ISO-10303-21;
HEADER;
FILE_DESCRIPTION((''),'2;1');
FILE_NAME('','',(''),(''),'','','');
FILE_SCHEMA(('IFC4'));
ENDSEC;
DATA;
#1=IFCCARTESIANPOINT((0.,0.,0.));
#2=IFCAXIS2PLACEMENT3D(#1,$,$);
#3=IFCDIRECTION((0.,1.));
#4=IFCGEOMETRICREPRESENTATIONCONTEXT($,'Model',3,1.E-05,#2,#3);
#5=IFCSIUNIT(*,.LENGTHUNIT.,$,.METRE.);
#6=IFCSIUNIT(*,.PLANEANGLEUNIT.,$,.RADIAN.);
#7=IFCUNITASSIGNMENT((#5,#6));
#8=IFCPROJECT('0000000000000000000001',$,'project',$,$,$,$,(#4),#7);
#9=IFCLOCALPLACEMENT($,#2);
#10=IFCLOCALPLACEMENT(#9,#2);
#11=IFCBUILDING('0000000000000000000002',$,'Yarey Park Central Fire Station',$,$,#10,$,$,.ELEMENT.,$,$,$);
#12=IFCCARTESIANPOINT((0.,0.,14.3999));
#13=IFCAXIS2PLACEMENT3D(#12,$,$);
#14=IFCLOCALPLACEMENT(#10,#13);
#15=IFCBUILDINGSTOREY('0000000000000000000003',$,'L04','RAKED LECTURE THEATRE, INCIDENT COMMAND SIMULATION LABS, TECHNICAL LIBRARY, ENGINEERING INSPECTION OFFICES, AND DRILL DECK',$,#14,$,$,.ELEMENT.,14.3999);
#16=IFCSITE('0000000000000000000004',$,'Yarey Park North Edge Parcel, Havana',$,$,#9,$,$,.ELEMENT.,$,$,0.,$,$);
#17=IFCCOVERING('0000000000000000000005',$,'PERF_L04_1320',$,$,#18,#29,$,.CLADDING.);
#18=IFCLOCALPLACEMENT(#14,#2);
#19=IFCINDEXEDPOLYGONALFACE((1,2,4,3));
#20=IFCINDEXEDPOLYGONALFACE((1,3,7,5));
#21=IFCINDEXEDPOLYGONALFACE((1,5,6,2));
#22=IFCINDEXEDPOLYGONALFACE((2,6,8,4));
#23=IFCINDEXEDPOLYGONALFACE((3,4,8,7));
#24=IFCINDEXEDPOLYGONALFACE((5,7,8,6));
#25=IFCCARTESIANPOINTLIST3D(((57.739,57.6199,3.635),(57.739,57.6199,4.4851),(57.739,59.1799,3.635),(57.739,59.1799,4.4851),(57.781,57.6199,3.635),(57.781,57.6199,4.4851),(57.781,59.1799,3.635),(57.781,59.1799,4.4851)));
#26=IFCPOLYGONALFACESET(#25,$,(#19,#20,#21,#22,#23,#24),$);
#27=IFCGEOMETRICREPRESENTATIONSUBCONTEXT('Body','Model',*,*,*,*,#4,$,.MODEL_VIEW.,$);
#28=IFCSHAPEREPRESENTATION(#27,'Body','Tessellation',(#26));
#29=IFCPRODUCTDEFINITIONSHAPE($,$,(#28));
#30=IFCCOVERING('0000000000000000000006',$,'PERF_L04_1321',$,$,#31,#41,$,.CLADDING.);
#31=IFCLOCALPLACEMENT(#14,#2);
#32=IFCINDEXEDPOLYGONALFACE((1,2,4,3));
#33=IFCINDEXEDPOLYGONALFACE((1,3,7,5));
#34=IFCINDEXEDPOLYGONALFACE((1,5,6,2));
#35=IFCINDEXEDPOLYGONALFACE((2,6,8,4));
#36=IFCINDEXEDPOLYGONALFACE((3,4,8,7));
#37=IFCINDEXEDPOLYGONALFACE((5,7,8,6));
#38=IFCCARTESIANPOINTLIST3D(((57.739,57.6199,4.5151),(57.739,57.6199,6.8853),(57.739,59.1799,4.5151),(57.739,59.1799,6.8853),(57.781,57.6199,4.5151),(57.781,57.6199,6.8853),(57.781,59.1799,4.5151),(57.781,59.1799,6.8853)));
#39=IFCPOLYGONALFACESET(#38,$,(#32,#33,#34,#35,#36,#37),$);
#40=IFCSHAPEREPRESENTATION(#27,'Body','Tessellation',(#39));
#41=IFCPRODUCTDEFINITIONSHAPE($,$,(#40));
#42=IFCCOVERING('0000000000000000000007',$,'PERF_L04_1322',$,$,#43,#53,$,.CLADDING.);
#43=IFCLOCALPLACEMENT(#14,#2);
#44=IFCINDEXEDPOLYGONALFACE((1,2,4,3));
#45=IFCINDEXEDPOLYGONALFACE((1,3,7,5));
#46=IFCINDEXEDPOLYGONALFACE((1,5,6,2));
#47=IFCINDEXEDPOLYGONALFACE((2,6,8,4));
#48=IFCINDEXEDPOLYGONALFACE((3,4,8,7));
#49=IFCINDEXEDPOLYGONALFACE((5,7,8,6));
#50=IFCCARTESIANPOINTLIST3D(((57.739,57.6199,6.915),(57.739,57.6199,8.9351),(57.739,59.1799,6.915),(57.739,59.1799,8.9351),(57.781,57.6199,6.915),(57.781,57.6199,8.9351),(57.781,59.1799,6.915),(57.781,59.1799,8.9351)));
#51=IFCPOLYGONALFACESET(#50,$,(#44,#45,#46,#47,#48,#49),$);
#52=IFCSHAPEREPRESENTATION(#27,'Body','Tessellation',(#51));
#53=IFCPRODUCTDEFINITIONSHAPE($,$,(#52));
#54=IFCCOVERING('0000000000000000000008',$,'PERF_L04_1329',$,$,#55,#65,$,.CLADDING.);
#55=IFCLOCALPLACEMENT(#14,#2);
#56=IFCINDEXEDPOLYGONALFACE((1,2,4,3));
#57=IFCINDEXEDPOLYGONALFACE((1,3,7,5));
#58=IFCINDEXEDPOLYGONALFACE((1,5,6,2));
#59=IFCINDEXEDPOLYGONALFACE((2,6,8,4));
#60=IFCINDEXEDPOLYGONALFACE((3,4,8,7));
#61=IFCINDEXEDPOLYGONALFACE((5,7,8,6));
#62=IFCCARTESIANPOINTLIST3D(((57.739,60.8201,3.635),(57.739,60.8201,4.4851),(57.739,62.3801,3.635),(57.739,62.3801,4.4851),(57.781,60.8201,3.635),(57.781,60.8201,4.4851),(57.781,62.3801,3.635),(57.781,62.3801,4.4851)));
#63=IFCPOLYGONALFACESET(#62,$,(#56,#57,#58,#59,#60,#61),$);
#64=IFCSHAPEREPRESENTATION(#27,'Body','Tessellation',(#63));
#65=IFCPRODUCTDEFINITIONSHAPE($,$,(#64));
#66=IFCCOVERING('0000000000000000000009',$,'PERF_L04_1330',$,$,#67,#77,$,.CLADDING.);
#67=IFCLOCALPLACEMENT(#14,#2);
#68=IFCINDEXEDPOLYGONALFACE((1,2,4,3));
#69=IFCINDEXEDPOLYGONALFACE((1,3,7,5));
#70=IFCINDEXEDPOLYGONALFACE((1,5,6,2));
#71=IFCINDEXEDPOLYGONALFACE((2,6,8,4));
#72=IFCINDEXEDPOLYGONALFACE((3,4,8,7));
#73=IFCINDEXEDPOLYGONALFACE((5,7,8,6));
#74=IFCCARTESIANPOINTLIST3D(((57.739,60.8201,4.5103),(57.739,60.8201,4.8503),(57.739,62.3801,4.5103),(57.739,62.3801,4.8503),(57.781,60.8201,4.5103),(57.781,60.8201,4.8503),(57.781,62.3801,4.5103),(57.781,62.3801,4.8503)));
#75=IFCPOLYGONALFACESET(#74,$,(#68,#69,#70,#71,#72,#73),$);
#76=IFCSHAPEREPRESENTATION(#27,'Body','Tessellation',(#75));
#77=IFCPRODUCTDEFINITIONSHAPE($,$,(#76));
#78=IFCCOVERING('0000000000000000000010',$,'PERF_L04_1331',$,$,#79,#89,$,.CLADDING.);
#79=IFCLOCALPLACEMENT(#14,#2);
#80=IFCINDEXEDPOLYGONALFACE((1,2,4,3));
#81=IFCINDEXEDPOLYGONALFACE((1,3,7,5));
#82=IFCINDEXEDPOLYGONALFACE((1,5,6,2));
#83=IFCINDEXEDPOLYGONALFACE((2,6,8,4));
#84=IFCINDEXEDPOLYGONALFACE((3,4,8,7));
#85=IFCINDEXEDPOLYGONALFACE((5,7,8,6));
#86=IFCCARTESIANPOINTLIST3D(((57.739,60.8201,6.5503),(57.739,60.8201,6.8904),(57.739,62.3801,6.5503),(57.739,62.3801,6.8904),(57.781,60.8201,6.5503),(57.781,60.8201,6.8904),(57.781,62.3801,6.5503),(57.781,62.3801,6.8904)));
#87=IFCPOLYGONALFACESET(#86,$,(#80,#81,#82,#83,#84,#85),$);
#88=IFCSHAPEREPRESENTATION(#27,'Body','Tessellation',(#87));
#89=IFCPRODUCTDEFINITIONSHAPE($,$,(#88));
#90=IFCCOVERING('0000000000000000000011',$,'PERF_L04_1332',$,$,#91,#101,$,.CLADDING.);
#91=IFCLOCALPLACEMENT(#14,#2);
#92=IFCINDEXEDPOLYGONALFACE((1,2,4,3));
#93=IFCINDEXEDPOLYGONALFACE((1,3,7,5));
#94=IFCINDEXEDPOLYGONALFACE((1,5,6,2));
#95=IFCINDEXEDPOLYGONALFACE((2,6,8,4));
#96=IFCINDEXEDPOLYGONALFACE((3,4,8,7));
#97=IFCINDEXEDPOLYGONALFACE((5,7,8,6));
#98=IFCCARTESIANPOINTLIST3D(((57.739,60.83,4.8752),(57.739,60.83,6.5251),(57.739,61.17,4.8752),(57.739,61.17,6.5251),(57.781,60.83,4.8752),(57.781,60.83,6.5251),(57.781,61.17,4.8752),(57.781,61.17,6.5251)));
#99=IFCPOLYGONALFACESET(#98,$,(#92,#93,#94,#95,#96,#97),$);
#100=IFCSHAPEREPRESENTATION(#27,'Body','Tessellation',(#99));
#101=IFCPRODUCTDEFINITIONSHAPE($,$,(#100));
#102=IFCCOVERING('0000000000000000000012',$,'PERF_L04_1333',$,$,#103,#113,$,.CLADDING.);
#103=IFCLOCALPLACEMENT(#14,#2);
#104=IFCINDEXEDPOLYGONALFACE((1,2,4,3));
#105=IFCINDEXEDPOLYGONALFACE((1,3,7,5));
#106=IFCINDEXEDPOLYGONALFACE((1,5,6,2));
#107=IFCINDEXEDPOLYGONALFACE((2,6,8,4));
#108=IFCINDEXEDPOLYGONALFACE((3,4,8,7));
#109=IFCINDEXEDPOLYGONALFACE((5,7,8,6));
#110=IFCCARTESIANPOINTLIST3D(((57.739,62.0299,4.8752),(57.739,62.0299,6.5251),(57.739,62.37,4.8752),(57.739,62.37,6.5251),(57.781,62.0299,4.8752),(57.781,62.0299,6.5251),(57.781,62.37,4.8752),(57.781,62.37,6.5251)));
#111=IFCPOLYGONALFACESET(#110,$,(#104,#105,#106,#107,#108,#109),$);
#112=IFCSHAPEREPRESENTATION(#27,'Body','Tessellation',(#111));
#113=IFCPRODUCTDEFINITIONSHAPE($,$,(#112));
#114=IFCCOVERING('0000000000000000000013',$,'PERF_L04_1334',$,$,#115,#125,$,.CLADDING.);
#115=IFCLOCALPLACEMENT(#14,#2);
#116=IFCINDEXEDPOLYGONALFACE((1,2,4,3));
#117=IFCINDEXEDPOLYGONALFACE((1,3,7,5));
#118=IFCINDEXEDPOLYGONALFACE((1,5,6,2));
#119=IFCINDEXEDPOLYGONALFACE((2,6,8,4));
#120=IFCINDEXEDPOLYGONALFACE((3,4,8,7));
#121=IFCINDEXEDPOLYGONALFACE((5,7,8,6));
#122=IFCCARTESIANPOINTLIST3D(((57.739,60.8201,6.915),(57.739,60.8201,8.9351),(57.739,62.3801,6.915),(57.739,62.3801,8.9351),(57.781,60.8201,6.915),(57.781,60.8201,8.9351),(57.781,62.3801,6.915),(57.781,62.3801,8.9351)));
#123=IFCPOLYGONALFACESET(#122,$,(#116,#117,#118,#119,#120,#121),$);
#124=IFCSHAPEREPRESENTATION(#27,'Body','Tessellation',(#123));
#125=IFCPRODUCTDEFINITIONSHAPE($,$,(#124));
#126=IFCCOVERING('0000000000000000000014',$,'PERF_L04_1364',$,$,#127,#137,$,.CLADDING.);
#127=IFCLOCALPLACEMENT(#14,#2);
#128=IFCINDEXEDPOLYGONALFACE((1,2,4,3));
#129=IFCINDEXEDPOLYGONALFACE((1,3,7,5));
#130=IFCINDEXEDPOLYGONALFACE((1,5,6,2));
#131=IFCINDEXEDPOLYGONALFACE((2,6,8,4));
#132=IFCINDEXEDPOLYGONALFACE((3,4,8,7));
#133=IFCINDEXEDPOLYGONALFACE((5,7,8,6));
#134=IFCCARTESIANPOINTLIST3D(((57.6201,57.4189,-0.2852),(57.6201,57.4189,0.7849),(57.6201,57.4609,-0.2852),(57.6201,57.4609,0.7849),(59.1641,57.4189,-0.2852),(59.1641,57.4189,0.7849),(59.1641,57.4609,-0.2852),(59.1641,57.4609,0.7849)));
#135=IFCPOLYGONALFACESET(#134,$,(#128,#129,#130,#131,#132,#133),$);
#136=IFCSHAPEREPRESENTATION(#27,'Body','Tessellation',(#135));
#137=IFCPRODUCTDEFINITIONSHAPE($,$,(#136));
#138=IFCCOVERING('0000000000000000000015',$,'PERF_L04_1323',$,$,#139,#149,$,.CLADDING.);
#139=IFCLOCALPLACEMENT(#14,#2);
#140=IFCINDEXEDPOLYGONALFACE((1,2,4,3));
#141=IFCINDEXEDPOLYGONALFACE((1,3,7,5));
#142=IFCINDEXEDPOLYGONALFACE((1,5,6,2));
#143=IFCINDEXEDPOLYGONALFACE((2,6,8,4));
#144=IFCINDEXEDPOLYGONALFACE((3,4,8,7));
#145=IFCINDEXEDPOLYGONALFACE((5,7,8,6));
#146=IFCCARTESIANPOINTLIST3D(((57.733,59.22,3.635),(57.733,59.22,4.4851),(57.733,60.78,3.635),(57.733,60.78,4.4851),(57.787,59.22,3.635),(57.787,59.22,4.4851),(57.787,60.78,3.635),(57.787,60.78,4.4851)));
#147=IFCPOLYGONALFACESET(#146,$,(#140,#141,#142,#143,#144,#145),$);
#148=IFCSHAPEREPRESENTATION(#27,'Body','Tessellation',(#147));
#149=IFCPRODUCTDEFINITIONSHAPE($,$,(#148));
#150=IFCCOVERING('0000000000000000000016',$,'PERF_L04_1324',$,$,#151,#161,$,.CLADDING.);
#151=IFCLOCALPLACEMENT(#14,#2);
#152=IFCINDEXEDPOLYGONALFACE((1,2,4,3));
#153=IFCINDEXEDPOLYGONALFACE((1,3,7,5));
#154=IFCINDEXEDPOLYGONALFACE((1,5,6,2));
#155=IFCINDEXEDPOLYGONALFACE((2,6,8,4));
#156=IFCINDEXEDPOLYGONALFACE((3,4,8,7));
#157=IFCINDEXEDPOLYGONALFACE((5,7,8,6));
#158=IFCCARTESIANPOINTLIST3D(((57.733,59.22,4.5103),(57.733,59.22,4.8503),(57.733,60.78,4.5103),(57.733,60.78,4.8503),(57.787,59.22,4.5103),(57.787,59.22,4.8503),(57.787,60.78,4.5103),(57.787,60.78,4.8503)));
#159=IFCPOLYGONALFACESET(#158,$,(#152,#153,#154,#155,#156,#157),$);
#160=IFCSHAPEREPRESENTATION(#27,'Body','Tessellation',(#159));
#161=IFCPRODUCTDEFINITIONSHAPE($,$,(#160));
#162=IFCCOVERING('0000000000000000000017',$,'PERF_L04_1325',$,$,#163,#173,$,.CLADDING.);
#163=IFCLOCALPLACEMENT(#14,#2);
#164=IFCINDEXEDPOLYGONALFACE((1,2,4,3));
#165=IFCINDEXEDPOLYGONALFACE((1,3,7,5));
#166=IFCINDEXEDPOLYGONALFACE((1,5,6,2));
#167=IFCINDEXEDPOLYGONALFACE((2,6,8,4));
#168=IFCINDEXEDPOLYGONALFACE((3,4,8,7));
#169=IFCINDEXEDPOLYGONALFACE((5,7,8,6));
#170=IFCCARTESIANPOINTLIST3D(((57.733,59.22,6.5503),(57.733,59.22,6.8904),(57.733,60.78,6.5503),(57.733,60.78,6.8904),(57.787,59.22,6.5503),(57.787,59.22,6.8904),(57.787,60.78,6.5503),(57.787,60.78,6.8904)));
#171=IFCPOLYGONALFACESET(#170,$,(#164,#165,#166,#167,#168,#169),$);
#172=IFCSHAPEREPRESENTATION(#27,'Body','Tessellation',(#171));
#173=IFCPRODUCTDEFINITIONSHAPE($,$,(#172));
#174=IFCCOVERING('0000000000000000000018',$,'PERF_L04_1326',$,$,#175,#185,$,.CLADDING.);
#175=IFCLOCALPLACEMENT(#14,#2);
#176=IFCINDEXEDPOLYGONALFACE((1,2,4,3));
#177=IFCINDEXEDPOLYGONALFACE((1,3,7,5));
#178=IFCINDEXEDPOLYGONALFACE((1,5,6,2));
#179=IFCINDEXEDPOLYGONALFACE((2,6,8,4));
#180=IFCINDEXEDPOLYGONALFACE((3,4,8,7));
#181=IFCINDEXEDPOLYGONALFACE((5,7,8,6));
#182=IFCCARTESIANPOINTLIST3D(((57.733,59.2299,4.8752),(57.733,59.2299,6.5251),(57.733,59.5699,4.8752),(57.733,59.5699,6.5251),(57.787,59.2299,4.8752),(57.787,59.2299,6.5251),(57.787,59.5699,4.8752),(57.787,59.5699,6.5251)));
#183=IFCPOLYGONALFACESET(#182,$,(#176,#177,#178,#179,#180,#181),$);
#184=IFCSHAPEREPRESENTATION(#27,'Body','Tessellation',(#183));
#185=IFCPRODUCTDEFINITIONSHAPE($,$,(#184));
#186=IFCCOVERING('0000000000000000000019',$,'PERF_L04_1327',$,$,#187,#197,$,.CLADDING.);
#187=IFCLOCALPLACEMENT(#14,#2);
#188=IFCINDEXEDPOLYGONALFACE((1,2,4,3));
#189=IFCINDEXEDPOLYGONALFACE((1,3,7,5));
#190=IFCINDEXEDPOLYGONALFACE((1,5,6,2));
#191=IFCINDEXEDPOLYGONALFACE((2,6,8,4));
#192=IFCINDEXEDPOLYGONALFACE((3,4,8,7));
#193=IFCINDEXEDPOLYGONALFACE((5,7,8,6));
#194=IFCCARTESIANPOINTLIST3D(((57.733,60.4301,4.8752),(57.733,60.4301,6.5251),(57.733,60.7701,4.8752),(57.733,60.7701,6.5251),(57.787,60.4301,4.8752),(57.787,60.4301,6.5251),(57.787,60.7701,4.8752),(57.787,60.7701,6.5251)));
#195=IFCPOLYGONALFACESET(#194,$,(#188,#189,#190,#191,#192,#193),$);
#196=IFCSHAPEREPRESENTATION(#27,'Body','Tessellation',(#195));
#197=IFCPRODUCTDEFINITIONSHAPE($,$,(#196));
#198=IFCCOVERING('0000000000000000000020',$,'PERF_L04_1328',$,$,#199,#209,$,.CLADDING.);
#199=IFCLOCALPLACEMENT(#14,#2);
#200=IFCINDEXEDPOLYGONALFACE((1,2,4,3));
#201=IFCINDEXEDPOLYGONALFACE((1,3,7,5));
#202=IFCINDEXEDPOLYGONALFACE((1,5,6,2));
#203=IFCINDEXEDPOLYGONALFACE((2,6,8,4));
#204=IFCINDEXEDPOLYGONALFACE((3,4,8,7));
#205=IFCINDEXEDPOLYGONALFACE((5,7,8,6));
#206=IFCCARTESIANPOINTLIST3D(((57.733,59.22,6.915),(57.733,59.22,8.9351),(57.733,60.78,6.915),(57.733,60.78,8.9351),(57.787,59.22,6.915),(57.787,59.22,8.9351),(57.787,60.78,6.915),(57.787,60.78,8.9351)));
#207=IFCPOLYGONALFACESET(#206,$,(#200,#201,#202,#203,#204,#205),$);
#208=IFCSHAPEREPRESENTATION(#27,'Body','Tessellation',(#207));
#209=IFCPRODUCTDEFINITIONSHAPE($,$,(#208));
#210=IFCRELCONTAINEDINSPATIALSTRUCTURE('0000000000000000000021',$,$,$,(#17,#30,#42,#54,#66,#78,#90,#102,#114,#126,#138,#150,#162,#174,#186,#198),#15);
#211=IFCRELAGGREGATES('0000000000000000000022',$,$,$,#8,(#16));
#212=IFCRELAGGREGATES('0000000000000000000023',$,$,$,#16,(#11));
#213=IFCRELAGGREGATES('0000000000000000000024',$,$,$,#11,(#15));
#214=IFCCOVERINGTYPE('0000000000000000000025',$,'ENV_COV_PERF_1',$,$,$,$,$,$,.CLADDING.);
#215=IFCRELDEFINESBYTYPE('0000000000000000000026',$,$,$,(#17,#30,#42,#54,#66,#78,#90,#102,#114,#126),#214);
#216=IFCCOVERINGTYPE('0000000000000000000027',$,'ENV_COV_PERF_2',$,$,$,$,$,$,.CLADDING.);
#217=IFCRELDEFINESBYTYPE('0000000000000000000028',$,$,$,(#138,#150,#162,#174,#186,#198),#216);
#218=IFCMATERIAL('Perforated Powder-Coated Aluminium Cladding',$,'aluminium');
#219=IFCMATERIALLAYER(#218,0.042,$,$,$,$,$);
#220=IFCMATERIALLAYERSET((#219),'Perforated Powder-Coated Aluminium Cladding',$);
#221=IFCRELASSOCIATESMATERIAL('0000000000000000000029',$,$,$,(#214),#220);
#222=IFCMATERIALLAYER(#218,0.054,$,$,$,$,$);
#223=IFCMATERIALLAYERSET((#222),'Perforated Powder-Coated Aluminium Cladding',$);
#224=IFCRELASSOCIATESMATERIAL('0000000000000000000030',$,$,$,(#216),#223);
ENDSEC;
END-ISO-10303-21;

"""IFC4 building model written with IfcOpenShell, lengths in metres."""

from ifc_helpers import new_model, si_unit, direction, frame, origin, origin_2d, place, context, subcontext, project, spatial, rectangle, extrude, material, layer, layer_set, type_object, element, save


model = new_model("IFC4")

# Units and contexts
model_context = context("Model", 3, precision=1e-05, world=origin(), true_north=direction((0.0, 1.0)))
body_context = subcontext(model_context, "Body", "Model", "MODEL_VIEW")
ifc_project = project(units=[si_unit("LENGTHUNIT", "METRE"), si_unit("PLANEANGLEUNIT", "RADIAN")], contexts=[model_context])

# Site, building, storey
site_placement = place(None, origin())
site = spatial("IfcSite", under=ifc_project, at=site_placement, Name="Yarey Park North Edge Parcel, Havana", CompositionType="ELEMENT", RefElevation=0.0)
building_placement = place(site_placement, origin())
building = spatial("IfcBuilding", under=site, at=building_placement, Name="Yarey Park Central Fire Station", CompositionType="ELEMENT")
storey_placement = place(building_placement, frame((0.0, 0.0, 14.3999)))
storey = spatial("IfcBuildingStorey", under=building, at=storey_placement, Name="L04", Description="RAKED LECTURE THEATRE, INCIDENT COMMAND SIMULATION LABS, TECHNICAL LIBRARY, ENGINEERING INSPECTION OFFICES, AND DRILL DECK", CompositionType="ELEMENT", Elevation=14.3999)

# Coverings
ifc_material_1 = material(Name="Perforated Powder-Coated Aluminium Cladding", Category="aluminium")
ifc_layer_1 = layer(ifc_material_1, 0.042)
ifc_layer_set_1 = layer_set([ifc_layer_1], Name="Perforated Powder-Coated Aluminium Cladding")
covering_type_1 = type_object("IfcCoveringType", Name="ENV_COV_PERF_1", PredefinedType="CLADDING", material=ifc_layer_set_1)
covering_1_placement = place(storey_placement, frame((57.76, 58.3999, 3.635), z_axis=(0.0, 0.0, 1.0), x_axis=(0.0, 1.0, 0.0)))
element("IfcCovering", 1, at=covering_1_placement, inside=storey, type_object=covering_type_1, Name="PERF_L04_1320", PredefinedType="CLADDING", context=body_context, shape_type="SweptSolid", body=[
    extrude(rectangle(XDim=1.5601, YDim=0.042, at=origin_2d()), origin(), (0.0, 0.0, 1.0), 0.8501),
])
covering_2_placement = place(storey_placement, frame((57.76, 58.3999, 4.5151), z_axis=(0.0, 0.0, 1.0), x_axis=(0.0, 1.0, 0.0)))
element("IfcCovering", 2, at=covering_2_placement, inside=storey, type_object=covering_type_1, Name="PERF_L04_1321", PredefinedType="CLADDING", context=body_context, shape_type="SweptSolid", body=[
    extrude(rectangle(XDim=1.5601, YDim=0.042, at=origin_2d()), origin(), (0.0, 0.0, 1.0), 2.3701),
])
covering_3_placement = place(storey_placement, frame((57.76, 58.3999, 6.915), z_axis=(0.0, 0.0, 1.0), x_axis=(0.0, 1.0, 0.0)))
element("IfcCovering", 3, at=covering_3_placement, inside=storey, type_object=covering_type_1, Name="PERF_L04_1322", PredefinedType="CLADDING", context=body_context, shape_type="SweptSolid", body=[
    extrude(rectangle(XDim=1.5601, YDim=0.042, at=origin_2d()), origin(), (0.0, 0.0, 1.0), 2.02),
])
covering_4_placement = place(storey_placement, frame((57.76, 61.6001, 3.635), z_axis=(0.0, 0.0, 1.0), x_axis=(0.0, 1.0, 0.0)))
element("IfcCovering", 4, at=covering_4_placement, inside=storey, type_object=covering_type_1, Name="PERF_L04_1329", PredefinedType="CLADDING", context=body_context, shape_type="SweptSolid", body=[
    extrude(rectangle(XDim=1.5601, YDim=0.042, at=origin_2d()), origin(), (0.0, 0.0, 1.0), 0.8501),
])
for number, where, z_axis, x_axis, name in (
    (5, (57.76, 61.6001, 4.5103), (0.0, 0.0, 1.0), (0.0, 1.0, 0.0), "PERF_L04_1330"),
    (6, (57.76, 61.6001, 6.5503), (0.0, 0.0, 1.0), (0.0, 1.0, 0.0), "PERF_L04_1331"),
):
    element("IfcCovering", number, at=place(storey_placement, frame(where, z_axis=z_axis, x_axis=x_axis)), inside=storey, type_object=covering_type_1, Name=name, PredefinedType="CLADDING", context=body_context, shape_type="SweptSolid", body=[
        extrude(rectangle(XDim=1.5601, YDim=0.042, at=origin_2d()), origin(), (0.0, 0.0, 1.0), 0.3401),
    ])
for number, where, z_axis, x_axis, name in (
    (7, (57.76, 61.0, 4.8752), (0.0, 0.0, 1.0), (0.0, 1.0, 0.0), "PERF_L04_1332"),
    (8, (57.76, 62.2, 4.8752), (0.0, 0.0, 1.0), (0.0, 1.0, 0.0), "PERF_L04_1333"),
):
    element("IfcCovering", number, at=place(storey_placement, frame(where, z_axis=z_axis, x_axis=x_axis)), inside=storey, type_object=covering_type_1, Name=name, PredefinedType="CLADDING", context=body_context, shape_type="SweptSolid", body=[
        extrude(rectangle(XDim=0.3401, YDim=0.042, at=origin_2d()), origin(), (0.0, 0.0, 1.0), 1.6499),
    ])
covering_5_placement = place(storey_placement, frame((57.76, 61.6001, 6.915), z_axis=(0.0, 0.0, 1.0), x_axis=(0.0, 1.0, 0.0)))
element("IfcCovering", 9, at=covering_5_placement, inside=storey, type_object=covering_type_1, Name="PERF_L04_1334", PredefinedType="CLADDING", context=body_context, shape_type="SweptSolid", body=[
    extrude(rectangle(XDim=1.5601, YDim=0.042, at=origin_2d()), origin(), (0.0, 0.0, 1.0), 2.02),
])
covering_6_placement = place(storey_placement, frame((58.3921, 57.4399, -0.2852), z_axis=(0.0, 0.0, 1.0), x_axis=(1.0, 0.0, 0.0)))
element("IfcCovering", 10, at=covering_6_placement, inside=storey, type_object=covering_type_1, Name="PERF_L04_1364", PredefinedType="CLADDING", context=body_context, shape_type="SweptSolid", body=[
    extrude(rectangle(XDim=1.5439, YDim=0.042, at=origin_2d()), origin(), (0.0, 0.0, 1.0), 1.0701),
])
ifc_layer_2 = layer(ifc_material_1, 0.054)
ifc_layer_set_2 = layer_set([ifc_layer_2], Name="Perforated Powder-Coated Aluminium Cladding")
covering_type_2 = type_object("IfcCoveringType", Name="ENV_COV_PERF_2", PredefinedType="CLADDING", material=ifc_layer_set_2)
covering_7_placement = place(storey_placement, frame((57.76, 60.0, 3.635), z_axis=(0.0, 0.0, 1.0), x_axis=(0.0, 1.0, 0.0)))
element("IfcCovering", 11, at=covering_7_placement, inside=storey, type_object=covering_type_2, Name="PERF_L04_1323", PredefinedType="CLADDING", context=body_context, shape_type="SweptSolid", body=[
    extrude(rectangle(XDim=1.5601, YDim=0.054, at=origin_2d()), origin(), (0.0, 0.0, 1.0), 0.8501),
])
for number, where, z_axis, x_axis, name in (
    (12, (57.76, 60.0, 4.5103), (0.0, 0.0, 1.0), (0.0, 1.0, 0.0), "PERF_L04_1324"),
    (13, (57.76, 60.0, 6.5503), (0.0, 0.0, 1.0), (0.0, 1.0, 0.0), "PERF_L04_1325"),
):
    element("IfcCovering", number, at=place(storey_placement, frame(where, z_axis=z_axis, x_axis=x_axis)), inside=storey, type_object=covering_type_2, Name=name, PredefinedType="CLADDING", context=body_context, shape_type="SweptSolid", body=[
        extrude(rectangle(XDim=1.5601, YDim=0.054, at=origin_2d()), origin(), (0.0, 0.0, 1.0), 0.3401),
    ])
for number, where, z_axis, x_axis, name in (
    (14, (57.76, 59.3999, 4.8752), (0.0, 0.0, 1.0), (0.0, 1.0, 0.0), "PERF_L04_1326"),
    (15, (57.76, 60.6001, 4.8752), (0.0, 0.0, 1.0), (0.0, 1.0, 0.0), "PERF_L04_1327"),
):
    element("IfcCovering", number, at=place(storey_placement, frame(where, z_axis=z_axis, x_axis=x_axis)), inside=storey, type_object=covering_type_2, Name=name, PredefinedType="CLADDING", context=body_context, shape_type="SweptSolid", body=[
        extrude(rectangle(XDim=0.3401, YDim=0.054, at=origin_2d()), origin(), (0.0, 0.0, 1.0), 1.6499),
    ])
covering_8_placement = place(storey_placement, frame((57.76, 60.0, 6.915), z_axis=(0.0, 0.0, 1.0), x_axis=(0.0, 1.0, 0.0)))
element("IfcCovering", 16, at=covering_8_placement, inside=storey, type_object=covering_type_2, Name="PERF_L04_1328", PredefinedType="CLADDING", context=body_context, shape_type="SweptSolid", body=[
    extrude(rectangle(XDim=1.5601, YDim=0.054, at=origin_2d()), origin(), (0.0, 0.0, 1.0), 2.02),
])

save(model, "model.ifc")
